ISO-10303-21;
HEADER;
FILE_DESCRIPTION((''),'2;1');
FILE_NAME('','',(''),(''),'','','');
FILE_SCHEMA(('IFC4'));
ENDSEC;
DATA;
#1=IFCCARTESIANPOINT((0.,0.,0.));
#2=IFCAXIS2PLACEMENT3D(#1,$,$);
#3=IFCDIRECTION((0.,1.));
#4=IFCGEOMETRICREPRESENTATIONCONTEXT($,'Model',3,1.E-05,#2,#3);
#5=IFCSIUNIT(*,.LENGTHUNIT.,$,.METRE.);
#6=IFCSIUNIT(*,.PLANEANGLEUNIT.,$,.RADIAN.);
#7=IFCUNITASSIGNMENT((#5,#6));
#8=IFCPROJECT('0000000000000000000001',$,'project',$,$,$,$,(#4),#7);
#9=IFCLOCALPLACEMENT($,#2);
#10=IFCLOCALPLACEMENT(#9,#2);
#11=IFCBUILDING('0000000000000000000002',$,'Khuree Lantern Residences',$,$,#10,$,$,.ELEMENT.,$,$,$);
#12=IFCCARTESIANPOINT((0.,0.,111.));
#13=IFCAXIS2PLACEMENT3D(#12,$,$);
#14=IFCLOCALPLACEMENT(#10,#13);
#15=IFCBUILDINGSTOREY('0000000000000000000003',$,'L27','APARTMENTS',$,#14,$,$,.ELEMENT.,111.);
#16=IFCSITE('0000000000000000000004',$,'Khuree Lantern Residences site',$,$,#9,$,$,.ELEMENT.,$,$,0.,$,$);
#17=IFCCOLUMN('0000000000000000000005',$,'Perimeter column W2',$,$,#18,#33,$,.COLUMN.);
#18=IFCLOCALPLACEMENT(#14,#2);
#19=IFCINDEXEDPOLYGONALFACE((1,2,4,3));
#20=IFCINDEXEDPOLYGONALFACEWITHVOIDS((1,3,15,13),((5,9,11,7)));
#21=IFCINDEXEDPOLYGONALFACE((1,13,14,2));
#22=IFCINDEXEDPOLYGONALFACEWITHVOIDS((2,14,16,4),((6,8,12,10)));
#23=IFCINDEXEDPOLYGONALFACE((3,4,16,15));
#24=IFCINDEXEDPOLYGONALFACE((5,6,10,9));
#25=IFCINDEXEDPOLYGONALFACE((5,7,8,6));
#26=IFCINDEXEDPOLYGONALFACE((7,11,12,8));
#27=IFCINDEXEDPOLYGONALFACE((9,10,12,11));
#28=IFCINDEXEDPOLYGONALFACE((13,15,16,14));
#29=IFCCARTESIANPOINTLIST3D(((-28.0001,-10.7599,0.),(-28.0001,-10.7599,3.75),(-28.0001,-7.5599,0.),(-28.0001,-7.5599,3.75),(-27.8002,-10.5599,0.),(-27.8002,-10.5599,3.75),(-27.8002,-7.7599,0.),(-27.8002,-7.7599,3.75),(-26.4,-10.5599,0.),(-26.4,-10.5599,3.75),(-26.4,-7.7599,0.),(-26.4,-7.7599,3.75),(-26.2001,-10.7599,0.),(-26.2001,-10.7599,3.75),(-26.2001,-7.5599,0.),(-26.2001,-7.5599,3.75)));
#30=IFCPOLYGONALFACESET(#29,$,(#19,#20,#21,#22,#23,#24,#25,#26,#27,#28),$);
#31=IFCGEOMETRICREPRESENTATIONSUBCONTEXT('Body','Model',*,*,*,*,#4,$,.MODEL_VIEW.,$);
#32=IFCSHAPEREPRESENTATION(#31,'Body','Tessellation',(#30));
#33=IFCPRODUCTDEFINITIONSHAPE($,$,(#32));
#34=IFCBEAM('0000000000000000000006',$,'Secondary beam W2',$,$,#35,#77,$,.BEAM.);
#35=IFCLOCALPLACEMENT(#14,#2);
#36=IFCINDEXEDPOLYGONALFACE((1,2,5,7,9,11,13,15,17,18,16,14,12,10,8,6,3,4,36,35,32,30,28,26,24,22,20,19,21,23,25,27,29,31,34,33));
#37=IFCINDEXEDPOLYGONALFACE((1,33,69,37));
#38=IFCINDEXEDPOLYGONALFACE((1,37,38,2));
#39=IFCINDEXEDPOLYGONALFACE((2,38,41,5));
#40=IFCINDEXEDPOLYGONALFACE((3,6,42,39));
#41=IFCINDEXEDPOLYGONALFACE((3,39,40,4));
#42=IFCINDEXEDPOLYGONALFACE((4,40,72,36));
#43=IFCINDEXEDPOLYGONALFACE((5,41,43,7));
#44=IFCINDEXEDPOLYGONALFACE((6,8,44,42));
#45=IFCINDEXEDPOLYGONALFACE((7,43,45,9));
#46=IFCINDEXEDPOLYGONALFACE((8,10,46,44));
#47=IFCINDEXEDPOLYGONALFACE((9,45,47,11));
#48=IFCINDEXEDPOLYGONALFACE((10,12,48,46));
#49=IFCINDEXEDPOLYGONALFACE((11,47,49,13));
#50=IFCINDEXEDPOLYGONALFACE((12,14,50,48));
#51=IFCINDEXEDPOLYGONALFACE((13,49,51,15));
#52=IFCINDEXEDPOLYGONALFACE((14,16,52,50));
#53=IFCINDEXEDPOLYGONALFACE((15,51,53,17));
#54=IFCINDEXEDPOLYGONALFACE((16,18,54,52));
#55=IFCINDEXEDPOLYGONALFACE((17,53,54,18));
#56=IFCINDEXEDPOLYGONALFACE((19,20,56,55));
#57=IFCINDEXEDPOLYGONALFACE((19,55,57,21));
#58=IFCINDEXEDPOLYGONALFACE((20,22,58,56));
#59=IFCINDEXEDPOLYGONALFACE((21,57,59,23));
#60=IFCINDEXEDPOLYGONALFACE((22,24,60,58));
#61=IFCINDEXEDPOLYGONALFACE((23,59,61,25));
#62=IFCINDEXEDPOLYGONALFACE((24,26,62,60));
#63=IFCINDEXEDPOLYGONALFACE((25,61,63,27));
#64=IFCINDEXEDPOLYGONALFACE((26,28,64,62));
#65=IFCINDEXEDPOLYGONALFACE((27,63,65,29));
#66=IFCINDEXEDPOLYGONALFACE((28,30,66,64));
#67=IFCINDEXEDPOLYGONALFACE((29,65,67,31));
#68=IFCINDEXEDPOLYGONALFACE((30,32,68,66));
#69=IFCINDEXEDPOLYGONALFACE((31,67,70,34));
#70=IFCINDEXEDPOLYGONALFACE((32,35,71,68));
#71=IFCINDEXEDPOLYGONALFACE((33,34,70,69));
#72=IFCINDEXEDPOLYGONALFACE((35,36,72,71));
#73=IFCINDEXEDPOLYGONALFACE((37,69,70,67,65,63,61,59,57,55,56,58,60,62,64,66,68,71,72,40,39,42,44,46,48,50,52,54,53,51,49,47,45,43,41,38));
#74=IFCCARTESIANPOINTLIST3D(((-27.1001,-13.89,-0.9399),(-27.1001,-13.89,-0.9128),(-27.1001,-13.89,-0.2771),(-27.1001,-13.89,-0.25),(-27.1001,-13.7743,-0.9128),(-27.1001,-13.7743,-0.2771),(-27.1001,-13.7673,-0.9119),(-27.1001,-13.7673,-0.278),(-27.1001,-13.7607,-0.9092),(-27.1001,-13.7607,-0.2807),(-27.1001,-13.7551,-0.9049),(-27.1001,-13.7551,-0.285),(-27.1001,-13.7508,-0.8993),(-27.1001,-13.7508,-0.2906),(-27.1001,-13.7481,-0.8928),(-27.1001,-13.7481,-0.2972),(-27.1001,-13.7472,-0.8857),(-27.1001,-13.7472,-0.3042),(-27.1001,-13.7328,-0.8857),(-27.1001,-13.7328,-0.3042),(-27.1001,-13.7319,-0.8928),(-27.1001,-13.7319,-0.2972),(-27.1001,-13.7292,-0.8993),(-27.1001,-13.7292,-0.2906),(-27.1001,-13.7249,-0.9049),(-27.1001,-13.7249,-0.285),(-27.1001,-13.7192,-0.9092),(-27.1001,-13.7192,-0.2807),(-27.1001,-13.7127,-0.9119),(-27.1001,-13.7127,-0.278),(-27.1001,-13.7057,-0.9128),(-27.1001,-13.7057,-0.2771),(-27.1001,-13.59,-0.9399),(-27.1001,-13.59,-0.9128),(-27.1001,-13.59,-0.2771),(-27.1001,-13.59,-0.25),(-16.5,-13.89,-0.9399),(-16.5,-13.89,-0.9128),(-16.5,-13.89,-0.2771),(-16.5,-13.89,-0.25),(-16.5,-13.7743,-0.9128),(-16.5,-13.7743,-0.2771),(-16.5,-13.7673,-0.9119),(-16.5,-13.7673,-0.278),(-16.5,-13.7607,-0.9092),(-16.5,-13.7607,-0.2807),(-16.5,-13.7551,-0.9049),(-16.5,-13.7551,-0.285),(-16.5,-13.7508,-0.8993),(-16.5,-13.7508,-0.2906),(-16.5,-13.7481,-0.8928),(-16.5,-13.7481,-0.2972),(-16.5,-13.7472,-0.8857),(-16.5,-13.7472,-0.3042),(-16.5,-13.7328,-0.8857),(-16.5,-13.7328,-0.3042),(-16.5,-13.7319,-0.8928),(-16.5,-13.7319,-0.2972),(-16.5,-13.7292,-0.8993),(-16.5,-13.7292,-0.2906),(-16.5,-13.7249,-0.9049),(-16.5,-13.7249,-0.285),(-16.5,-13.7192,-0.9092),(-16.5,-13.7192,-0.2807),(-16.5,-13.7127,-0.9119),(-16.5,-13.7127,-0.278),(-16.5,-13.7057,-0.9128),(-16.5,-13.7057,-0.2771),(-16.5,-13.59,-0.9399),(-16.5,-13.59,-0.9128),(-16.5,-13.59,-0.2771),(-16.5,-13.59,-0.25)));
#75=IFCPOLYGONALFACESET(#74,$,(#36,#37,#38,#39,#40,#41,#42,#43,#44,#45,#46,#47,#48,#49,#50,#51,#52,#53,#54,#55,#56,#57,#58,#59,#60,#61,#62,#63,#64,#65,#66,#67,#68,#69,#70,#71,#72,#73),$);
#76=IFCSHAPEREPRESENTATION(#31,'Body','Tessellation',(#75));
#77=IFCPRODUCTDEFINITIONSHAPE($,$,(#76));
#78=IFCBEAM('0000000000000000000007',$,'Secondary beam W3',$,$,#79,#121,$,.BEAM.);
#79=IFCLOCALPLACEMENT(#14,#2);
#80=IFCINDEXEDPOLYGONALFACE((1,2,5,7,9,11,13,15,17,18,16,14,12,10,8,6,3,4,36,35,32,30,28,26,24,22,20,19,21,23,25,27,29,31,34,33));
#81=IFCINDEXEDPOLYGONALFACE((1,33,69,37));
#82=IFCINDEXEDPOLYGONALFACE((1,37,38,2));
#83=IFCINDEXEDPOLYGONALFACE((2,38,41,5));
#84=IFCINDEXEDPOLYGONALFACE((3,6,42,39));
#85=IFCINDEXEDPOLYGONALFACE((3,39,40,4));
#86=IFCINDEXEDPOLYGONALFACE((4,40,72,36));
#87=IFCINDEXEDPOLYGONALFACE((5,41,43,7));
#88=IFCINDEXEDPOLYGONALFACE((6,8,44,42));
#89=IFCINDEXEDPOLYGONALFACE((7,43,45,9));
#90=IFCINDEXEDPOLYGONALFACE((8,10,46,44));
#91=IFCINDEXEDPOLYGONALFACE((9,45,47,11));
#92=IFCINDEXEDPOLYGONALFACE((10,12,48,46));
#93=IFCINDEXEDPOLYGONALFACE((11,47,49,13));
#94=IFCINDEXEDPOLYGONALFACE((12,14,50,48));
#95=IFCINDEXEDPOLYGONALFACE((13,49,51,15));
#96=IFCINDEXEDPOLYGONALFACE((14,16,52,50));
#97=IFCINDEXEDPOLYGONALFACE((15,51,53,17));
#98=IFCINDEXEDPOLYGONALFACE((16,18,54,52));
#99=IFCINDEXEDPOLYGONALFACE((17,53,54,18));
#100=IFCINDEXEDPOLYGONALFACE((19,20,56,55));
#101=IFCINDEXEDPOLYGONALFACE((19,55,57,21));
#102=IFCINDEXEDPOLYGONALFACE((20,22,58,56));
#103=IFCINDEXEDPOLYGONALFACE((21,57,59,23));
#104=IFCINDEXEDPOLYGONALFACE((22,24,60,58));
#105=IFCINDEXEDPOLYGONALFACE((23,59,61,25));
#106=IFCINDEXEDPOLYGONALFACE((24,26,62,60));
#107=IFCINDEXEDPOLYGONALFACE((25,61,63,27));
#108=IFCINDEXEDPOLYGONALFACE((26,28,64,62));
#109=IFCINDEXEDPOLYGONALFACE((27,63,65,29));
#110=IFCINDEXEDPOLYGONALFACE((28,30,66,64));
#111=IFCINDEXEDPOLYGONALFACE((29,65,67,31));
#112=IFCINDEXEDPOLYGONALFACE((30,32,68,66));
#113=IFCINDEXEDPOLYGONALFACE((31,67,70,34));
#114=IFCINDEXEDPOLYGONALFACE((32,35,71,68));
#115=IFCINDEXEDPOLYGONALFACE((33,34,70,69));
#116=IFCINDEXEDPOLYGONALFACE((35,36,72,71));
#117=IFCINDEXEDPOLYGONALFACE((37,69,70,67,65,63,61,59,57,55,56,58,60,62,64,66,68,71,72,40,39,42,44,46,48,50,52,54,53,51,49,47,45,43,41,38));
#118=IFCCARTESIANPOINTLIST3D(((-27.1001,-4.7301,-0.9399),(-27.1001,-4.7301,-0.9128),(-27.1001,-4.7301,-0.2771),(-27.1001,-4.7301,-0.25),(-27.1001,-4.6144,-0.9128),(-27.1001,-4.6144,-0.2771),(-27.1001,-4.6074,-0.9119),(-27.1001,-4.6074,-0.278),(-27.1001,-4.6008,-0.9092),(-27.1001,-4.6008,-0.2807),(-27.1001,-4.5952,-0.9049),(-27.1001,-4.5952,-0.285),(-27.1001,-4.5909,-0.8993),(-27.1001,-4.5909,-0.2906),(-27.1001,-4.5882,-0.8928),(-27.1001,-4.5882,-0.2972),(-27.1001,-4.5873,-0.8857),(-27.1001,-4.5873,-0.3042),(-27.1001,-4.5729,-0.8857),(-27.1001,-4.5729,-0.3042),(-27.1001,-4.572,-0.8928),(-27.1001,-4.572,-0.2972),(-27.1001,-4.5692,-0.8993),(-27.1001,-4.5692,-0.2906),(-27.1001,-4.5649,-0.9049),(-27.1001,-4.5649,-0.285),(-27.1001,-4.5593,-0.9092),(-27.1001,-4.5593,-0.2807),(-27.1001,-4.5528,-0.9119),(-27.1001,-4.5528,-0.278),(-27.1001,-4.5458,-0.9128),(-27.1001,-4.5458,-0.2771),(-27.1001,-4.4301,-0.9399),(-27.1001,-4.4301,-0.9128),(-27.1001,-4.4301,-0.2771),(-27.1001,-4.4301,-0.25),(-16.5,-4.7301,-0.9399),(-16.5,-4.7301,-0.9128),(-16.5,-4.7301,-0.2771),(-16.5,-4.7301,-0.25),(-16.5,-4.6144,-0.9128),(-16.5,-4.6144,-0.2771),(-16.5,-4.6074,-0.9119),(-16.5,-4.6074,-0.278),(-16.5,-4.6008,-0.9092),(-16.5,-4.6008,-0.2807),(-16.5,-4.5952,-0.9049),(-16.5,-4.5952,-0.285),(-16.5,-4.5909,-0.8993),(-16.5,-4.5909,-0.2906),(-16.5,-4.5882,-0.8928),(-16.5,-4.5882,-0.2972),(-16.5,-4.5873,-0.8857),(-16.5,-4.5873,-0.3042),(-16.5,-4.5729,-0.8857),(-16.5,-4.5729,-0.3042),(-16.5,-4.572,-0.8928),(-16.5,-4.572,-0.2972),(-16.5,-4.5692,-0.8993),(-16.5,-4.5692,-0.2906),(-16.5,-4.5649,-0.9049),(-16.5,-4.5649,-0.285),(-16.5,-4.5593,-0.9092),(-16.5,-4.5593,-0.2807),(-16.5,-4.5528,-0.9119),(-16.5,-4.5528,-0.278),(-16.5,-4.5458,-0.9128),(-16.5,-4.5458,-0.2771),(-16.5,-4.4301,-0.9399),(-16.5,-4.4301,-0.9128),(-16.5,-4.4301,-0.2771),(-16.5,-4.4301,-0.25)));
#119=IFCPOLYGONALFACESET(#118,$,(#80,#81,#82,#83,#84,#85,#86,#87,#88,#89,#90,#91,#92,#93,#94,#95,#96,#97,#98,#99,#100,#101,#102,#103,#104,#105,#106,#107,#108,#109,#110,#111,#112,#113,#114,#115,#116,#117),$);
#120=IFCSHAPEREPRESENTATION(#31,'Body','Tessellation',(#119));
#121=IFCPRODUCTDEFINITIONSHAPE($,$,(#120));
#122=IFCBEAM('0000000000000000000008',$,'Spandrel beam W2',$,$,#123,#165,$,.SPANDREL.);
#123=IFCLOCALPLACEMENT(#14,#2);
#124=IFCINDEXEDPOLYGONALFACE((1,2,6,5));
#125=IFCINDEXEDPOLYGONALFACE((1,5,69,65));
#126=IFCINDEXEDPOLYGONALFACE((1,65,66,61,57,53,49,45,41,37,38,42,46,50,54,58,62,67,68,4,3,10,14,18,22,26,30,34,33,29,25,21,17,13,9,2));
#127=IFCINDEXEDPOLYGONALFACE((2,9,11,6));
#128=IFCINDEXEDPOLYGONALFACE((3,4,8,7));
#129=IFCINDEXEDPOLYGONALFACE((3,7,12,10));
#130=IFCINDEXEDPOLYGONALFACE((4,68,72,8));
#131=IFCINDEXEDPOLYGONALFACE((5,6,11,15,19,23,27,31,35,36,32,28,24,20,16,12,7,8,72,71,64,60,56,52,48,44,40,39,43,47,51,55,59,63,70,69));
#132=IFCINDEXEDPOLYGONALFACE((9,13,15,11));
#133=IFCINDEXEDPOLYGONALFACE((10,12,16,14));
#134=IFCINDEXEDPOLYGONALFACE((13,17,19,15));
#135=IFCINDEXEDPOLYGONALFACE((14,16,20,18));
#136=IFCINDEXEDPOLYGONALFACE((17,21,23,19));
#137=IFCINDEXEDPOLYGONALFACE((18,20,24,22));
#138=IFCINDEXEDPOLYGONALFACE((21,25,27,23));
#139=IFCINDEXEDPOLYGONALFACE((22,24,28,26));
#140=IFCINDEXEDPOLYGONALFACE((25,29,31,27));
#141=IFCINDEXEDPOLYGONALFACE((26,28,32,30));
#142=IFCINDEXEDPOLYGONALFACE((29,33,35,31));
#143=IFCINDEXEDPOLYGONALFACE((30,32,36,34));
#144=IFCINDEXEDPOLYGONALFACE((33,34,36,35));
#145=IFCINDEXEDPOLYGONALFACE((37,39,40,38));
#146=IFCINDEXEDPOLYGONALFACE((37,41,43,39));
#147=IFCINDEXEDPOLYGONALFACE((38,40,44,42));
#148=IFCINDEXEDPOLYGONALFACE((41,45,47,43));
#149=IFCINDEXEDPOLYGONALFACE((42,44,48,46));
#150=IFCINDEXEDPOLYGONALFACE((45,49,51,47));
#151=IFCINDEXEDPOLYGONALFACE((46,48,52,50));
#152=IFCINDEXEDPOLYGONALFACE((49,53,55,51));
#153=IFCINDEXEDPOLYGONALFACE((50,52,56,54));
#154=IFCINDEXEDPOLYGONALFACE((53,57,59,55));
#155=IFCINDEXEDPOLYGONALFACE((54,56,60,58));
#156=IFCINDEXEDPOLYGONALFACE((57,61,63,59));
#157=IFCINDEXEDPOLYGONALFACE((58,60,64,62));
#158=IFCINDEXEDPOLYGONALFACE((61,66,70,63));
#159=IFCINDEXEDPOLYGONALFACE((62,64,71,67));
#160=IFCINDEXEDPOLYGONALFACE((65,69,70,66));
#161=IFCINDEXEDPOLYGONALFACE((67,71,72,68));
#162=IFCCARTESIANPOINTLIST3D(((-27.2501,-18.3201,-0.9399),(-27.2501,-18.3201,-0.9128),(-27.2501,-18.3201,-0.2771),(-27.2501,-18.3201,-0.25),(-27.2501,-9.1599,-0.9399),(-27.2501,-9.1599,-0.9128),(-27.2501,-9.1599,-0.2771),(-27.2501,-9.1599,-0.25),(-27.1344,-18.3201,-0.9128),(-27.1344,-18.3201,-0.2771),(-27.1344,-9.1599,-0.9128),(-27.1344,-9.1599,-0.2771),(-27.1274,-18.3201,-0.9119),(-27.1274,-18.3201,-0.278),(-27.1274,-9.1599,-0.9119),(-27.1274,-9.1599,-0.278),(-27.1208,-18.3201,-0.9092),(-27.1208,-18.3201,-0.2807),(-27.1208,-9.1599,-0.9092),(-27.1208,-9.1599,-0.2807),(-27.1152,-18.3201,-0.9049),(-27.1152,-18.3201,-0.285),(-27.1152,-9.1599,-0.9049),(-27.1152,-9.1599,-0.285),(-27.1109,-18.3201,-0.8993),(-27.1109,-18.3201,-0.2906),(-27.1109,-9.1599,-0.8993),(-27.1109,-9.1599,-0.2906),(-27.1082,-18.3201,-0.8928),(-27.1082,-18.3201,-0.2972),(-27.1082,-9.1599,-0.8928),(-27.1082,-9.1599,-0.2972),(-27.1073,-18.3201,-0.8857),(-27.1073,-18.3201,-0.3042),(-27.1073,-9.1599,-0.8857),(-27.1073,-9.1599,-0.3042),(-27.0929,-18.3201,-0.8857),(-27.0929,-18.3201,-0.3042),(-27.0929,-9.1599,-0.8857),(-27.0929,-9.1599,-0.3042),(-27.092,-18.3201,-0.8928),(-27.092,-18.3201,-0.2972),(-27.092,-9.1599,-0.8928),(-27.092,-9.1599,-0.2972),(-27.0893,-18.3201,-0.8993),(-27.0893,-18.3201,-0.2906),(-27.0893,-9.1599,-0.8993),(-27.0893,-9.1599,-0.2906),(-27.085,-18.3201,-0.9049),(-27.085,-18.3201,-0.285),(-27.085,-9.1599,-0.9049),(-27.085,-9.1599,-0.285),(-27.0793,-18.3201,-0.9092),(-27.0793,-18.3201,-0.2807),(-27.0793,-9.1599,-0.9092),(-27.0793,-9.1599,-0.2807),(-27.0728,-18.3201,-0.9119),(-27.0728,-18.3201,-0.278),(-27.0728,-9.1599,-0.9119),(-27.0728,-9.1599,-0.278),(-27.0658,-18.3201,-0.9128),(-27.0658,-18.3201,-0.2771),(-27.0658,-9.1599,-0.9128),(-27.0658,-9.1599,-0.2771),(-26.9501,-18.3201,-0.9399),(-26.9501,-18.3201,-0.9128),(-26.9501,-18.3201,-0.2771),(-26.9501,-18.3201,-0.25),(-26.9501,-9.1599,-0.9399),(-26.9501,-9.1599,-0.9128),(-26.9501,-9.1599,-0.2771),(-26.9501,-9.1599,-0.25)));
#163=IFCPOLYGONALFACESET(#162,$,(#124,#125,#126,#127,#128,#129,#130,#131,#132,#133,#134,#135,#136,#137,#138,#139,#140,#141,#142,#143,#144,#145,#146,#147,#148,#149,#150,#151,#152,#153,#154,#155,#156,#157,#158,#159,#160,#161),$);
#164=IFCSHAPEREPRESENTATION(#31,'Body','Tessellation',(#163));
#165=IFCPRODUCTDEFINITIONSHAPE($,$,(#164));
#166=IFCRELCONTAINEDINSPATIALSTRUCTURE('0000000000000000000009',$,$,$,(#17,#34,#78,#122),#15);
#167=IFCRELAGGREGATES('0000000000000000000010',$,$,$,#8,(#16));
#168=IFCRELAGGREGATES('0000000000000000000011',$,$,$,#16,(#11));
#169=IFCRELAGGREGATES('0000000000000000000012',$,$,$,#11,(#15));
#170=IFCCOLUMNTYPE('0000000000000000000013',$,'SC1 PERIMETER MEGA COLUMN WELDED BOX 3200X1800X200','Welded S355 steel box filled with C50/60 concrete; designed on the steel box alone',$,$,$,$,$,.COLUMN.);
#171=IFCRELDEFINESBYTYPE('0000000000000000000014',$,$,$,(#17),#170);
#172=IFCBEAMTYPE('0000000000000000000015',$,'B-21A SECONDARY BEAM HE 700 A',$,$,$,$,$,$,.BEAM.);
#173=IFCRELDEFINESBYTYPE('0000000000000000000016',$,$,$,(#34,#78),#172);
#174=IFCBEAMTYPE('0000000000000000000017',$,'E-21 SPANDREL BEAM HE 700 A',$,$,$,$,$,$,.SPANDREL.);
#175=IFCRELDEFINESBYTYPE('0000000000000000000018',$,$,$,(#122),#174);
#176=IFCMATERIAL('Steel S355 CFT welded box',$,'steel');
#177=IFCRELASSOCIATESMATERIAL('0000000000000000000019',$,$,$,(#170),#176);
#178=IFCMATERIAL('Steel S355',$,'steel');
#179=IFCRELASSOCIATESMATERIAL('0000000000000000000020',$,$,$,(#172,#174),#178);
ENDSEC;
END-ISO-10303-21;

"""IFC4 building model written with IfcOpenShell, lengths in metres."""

from ifc_helpers import new_model, si_unit, direction, frame, origin, origin_2d, place, context, subcontext, project, spatial, hollow_rectangle, i_section, extrude, material, material_profile, profile_set, type_object, element, save


model = new_model("IFC4")

# Units and contexts
model_context = context("Model", 3, precision=1e-05, world=origin(), true_north=direction((0.0, 1.0)))
body_context = subcontext(model_context, "Body", "Model", "MODEL_VIEW")
ifc_project = project(units=[si_unit("LENGTHUNIT", "METRE"), si_unit("PLANEANGLEUNIT", "RADIAN")], contexts=[model_context])

# Site, building, storey
site_placement = place(None, origin())
site = spatial("IfcSite", under=ifc_project, at=site_placement, Name="Khuree Lantern Residences site", CompositionType="ELEMENT", RefElevation=0.0)
building_placement = place(site_placement, origin())
building = spatial("IfcBuilding", under=site, at=building_placement, Name="Khuree Lantern Residences", CompositionType="ELEMENT")
storey_placement = place(building_placement, frame((0.0, 0.0, 111.0)))
storey = spatial("IfcBuildingStorey", under=building, at=storey_placement, Name="L27", Description="APARTMENTS", CompositionType="ELEMENT", Elevation=111.0)

# Column
ifc_material_1 = material(Name="Steel S355 CFT welded box", Category="steel")
ifc_material_profile_1 = material_profile(ifc_material_1, hollow_rectangle(XDim=3.2, YDim=1.8, WallThickness=0.2, at=origin_2d()), Name="WELDED BOX 3200X1800X200")
ifc_profile_set_1 = profile_set([ifc_material_profile_1], Name="Steel S355 CFT welded box")
column_type = type_object("IfcColumnType", Name="SC1 PERIMETER MEGA COLUMN WELDED BOX 3200X1800X200", Description="Welded S355 steel box filled with C50/60 concrete; designed on the steel box alone", PredefinedType="COLUMN", material=ifc_profile_set_1)
column_placement = place(storey_placement, frame((-27.1001, -9.1599, 0.0), z_axis=(0.0, 0.0, 1.0), x_axis=(0.0, 1.0, 0.0)))
element("IfcColumn", 1, at=column_placement, inside=storey, type_object=column_type, Name="Perimeter column W2", PredefinedType="COLUMN", context=body_context, shape_type="SweptSolid", body=[
    extrude(hollow_rectangle(XDim=3.2, YDim=1.8, WallThickness=0.2, at=origin_2d()), origin(), (0.0, 0.0, 1.0), 3.75),
])

# Beams
ifc_material_2 = material(Name="Steel S355", Category="steel")
ifc_material_profile_2 = material_profile(ifc_material_2, i_section(OverallWidth=0.3, OverallDepth=0.6899, WebThickness=0.0144, FlangeThickness=0.0271, FilletRadius=0.0271, at=origin_2d()), Name="HE 700 A")
ifc_profile_set_2 = profile_set([ifc_material_profile_2], Name="Steel S355")
beam_type_1 = type_object("IfcBeamType", Name="B-21A SECONDARY BEAM HE 700 A", PredefinedType="BEAM", material=ifc_profile_set_2)
for number, where, z_axis, x_axis, name in (
    (2, (-27.1001, -13.74, -0.595), (1.0, 0.0, 0.0), (0.0, 1.0, 0.0), "Secondary beam W2"),
    (3, (-27.1001, -4.5801, -0.595), (1.0, 0.0, 0.0), (0.0, 1.0, 0.0), "Secondary beam W3"),
):
    element("IfcBeam", number, at=place(storey_placement, frame(where, z_axis=z_axis, x_axis=x_axis)), inside=storey, type_object=beam_type_1, Name=name, PredefinedType="BEAM", context=body_context, shape_type="SweptSolid", body=[
        extrude(i_section(OverallWidth=0.3, OverallDepth=0.6899, WebThickness=0.0144, FlangeThickness=0.0271, FilletRadius=0.0271, at=origin_2d()), origin(), (0.0, 0.0, 1.0), 10.6001),
    ])
ifc_material_profile_3 = material_profile(ifc_material_2, i_section(OverallWidth=0.3, OverallDepth=0.6899, WebThickness=0.0144, FlangeThickness=0.0271, FilletRadius=0.0271, at=origin_2d()), Name="HE 700 A")
ifc_profile_set_3 = profile_set([ifc_material_profile_3], Name="Steel S355")
beam_type_2 = type_object("IfcBeamType", Name="E-21 SPANDREL BEAM HE 700 A", PredefinedType="SPANDREL", material=ifc_profile_set_3)
beam_1_placement = place(storey_placement, frame((-27.1001, -18.3201, -0.595), z_axis=(0.0, 1.0, 0.0), x_axis=(-1.0, 0.0, 0.0)))
element("IfcBeam", 4, at=beam_1_placement, inside=storey, type_object=beam_type_2, Name="Spandrel beam W2", PredefinedType="SPANDREL", context=body_context, shape_type="SweptSolid", body=[
    extrude(i_section(OverallWidth=0.3, OverallDepth=0.6899, WebThickness=0.0144, FlangeThickness=0.0271, FilletRadius=0.0271, at=origin_2d()), origin(), (0.0, 0.0, 1.0), 9.1602),
])

save(model, "model.ifc")
